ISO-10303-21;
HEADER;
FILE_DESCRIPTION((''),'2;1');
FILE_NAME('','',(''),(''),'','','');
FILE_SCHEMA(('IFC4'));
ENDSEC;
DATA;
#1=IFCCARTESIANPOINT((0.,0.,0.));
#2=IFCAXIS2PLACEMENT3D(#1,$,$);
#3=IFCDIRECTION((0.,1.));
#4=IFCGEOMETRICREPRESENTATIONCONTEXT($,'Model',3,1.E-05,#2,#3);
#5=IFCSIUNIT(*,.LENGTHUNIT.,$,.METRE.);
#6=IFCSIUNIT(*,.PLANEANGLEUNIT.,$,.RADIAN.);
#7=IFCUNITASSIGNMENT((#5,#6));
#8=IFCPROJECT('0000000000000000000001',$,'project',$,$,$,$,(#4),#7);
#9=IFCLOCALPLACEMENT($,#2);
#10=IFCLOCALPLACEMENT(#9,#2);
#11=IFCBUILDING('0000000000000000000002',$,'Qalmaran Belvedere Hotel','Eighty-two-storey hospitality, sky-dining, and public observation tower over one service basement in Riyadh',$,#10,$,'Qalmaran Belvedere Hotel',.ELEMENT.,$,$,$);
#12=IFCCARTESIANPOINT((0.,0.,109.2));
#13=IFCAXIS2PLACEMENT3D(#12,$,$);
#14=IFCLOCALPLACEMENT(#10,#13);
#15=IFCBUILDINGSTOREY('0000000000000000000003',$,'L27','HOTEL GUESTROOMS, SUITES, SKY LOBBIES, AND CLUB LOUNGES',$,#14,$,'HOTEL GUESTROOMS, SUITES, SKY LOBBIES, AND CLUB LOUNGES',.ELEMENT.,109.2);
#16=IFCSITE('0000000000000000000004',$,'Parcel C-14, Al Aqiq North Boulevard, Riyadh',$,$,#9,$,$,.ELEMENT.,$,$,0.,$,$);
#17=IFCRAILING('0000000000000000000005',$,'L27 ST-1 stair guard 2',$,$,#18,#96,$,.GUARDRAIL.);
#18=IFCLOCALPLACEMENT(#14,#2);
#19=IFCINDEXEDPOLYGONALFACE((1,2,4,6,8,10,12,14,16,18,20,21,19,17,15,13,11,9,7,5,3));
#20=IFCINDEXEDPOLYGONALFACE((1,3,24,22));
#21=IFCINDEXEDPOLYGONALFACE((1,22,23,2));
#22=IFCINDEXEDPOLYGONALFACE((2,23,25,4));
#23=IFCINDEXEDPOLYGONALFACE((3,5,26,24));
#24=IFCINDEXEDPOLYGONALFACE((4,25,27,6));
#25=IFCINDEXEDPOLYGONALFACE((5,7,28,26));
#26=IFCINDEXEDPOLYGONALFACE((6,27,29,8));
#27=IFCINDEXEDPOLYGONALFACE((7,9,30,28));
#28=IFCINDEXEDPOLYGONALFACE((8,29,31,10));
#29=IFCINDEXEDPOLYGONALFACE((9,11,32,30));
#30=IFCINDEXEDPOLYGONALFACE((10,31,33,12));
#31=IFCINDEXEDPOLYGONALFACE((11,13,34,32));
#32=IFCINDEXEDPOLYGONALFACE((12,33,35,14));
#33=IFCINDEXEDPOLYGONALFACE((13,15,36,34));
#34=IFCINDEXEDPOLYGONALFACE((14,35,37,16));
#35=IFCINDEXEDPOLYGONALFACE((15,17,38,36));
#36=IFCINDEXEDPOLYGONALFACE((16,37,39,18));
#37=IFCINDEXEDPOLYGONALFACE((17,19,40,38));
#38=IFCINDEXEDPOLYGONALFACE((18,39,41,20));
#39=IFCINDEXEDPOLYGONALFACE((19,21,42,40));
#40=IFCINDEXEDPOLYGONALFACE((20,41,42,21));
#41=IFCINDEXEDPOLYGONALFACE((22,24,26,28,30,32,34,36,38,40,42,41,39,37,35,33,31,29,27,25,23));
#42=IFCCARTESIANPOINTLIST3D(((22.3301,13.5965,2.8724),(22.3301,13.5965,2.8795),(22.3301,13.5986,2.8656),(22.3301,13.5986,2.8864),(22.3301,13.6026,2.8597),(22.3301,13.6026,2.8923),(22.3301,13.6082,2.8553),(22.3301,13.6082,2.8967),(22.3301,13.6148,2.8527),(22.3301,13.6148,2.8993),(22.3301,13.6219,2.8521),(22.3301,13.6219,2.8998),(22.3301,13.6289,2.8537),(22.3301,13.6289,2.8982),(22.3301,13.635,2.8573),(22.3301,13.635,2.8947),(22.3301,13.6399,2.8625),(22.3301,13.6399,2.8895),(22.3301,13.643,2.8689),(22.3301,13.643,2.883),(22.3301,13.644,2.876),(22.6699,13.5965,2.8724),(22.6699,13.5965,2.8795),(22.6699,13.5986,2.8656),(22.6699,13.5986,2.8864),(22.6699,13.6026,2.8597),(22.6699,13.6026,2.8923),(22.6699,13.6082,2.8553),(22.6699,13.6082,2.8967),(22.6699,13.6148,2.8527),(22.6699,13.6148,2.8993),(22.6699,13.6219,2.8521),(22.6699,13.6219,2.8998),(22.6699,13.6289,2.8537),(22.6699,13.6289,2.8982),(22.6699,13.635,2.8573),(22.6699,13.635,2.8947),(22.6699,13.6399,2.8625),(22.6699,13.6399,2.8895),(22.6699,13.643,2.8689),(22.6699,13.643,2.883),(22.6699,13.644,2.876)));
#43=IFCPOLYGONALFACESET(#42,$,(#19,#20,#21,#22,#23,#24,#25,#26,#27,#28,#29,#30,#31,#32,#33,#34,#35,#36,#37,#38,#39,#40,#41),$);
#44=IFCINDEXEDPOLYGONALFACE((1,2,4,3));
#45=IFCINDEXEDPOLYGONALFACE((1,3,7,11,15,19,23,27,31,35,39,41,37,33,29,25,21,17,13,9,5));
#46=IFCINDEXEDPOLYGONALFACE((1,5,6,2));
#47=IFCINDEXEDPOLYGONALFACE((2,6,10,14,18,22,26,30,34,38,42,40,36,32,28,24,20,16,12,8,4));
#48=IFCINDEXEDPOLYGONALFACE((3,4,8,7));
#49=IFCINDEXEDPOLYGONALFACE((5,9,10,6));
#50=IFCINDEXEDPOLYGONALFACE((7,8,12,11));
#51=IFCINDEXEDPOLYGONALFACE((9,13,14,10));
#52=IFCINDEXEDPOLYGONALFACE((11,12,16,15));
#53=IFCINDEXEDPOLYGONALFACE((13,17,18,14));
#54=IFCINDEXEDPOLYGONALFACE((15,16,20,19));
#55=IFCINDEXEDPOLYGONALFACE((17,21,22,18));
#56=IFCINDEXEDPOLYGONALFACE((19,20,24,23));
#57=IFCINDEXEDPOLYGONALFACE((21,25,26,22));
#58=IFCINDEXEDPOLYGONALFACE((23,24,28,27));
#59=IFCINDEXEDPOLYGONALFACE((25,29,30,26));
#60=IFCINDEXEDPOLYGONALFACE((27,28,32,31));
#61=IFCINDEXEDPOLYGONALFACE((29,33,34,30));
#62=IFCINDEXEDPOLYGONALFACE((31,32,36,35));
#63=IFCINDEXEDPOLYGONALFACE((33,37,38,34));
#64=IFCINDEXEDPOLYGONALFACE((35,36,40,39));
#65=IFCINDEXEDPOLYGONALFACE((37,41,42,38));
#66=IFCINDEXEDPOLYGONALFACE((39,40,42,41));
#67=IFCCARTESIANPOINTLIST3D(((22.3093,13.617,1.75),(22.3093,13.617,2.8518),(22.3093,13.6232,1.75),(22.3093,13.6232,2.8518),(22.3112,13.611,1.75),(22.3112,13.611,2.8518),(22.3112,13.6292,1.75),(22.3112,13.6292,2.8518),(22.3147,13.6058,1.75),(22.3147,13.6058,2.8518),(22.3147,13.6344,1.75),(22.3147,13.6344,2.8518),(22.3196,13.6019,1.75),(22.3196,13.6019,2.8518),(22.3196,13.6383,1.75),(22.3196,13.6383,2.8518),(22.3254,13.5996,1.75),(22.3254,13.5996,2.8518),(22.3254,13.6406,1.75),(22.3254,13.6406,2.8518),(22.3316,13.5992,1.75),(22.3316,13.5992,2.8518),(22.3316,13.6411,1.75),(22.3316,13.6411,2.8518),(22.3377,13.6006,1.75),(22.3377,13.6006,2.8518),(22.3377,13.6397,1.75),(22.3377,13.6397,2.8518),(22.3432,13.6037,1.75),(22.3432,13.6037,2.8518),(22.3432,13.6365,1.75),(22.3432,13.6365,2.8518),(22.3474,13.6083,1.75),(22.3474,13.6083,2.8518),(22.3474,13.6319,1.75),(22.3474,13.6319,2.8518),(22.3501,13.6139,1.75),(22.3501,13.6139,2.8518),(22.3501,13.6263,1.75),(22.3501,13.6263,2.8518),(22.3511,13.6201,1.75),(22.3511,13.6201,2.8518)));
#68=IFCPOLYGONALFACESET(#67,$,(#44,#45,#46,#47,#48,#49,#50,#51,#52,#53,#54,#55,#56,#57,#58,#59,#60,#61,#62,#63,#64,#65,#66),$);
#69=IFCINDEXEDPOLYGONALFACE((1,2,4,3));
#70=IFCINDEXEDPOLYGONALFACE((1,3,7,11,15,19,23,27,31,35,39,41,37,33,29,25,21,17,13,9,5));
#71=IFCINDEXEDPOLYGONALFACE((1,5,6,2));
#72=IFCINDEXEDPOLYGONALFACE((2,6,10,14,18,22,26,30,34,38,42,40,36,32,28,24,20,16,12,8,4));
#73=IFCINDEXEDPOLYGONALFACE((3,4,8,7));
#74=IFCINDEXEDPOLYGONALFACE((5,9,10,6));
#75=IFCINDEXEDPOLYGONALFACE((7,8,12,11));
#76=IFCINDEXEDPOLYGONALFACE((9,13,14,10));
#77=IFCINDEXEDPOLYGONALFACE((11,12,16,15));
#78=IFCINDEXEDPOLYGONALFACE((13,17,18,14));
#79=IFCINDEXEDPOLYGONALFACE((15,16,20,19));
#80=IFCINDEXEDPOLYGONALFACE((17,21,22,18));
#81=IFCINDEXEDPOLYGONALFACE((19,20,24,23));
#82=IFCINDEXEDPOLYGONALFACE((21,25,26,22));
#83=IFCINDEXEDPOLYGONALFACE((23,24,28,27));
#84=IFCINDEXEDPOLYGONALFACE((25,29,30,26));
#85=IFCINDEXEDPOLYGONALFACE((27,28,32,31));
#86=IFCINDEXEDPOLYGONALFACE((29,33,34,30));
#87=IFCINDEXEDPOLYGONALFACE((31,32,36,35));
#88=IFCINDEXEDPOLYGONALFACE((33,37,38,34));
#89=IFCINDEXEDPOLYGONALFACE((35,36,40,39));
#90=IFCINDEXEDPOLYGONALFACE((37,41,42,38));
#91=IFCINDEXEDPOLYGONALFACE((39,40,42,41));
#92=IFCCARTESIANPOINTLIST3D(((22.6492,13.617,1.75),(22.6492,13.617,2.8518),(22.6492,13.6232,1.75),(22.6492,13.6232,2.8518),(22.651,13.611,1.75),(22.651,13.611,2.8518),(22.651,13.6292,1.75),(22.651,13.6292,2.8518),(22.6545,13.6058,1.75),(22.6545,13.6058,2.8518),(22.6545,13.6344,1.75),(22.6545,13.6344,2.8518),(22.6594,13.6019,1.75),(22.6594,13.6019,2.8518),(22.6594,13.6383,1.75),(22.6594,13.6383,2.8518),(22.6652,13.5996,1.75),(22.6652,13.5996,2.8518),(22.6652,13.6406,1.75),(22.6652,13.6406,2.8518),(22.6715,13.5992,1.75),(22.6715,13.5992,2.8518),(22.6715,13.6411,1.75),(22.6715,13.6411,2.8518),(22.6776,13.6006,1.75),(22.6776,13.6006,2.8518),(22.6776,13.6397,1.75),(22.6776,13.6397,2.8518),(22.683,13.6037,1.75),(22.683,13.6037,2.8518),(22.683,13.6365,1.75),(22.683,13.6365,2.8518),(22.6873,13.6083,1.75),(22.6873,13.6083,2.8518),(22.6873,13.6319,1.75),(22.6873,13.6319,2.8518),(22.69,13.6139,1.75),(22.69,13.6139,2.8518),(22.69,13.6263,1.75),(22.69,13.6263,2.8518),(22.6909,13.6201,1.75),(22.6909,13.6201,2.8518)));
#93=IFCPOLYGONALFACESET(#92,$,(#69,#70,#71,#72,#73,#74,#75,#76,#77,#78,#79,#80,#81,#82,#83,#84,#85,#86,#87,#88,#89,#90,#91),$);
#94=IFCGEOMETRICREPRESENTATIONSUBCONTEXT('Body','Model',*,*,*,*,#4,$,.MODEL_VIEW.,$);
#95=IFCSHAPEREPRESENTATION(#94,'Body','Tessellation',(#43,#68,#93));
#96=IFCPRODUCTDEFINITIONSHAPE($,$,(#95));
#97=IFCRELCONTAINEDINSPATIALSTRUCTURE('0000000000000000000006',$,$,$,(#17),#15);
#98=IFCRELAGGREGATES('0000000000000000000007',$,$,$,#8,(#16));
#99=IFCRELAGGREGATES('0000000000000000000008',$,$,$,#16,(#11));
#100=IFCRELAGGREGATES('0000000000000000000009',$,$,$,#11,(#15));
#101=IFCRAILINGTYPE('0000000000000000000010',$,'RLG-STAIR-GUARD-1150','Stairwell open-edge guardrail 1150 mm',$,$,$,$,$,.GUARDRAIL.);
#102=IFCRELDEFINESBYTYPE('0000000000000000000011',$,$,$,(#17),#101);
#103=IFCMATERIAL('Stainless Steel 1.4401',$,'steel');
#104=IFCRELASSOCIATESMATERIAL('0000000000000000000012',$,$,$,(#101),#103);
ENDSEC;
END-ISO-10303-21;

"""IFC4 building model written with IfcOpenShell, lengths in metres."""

from ifc_helpers import new_model, si_unit, direction, frame, origin, origin_2d, place, context, subcontext, project, spatial, circle, extrude, material, type_object, element, save


model = new_model("IFC4")

# Units and contexts
model_context = context("Model", 3, precision=1e-05, world=origin(), true_north=direction((0.0, 1.0)))
body_context = subcontext(model_context, "Body", "Model", "MODEL_VIEW")
ifc_project = project(units=[si_unit("LENGTHUNIT", "METRE"), si_unit("PLANEANGLEUNIT", "RADIAN")], contexts=[model_context])

# Site, building, storey
site_placement = place(None, origin())
site = spatial("IfcSite", under=ifc_project, at=site_placement, Name="Parcel C-14, Al Aqiq North Boulevard, Riyadh", CompositionType="ELEMENT", RefElevation=0.0)
building_placement = place(site_placement, origin())
building = spatial("IfcBuilding", under=site, at=building_placement, Name="Qalmaran Belvedere Hotel", Description="Eighty-two-storey hospitality, sky-dining, and public observation tower over one service basement in Riyadh", LongName="Qalmaran Belvedere Hotel", CompositionType="ELEMENT")
storey_placement = place(building_placement, frame((0.0, 0.0, 109.2)))
storey = spatial("IfcBuildingStorey", under=building, at=storey_placement, Name="L27", Description="HOTEL GUESTROOMS, SUITES, SKY LOBBIES, AND CLUB LOUNGES", LongName="HOTEL GUESTROOMS, SUITES, SKY LOBBIES, AND CLUB LOUNGES", CompositionType="ELEMENT", Elevation=109.2)

# Railing
ifc_material_1 = material(Name="Stainless Steel 1.4401", Category="steel")
railing_type_1 = type_object("IfcRailingType", Name="RLG-STAIR-GUARD-1150", Description="Stairwell open-edge guardrail 1150 mm", PredefinedType="GUARDRAIL", material=ifc_material_1)
railing_1_placement = place(storey_placement, frame((22.3301, 13.6201, 1.75)))
element("IfcRailing", 1, at=railing_1_placement, inside=storey, type_object=railing_type_1, Name="L27 ST-1 stair guard 2", PredefinedType="GUARDRAIL", context=body_context, shape_type="SweptSolid", body=[
    extrude(circle(Radius=0.0239, at=origin_2d()), frame((0.0, 0.0, 1.126), z_axis=(1.0, 0.0, 0.0), x_axis=(0.0, 1.0, 0.0)), (0.0, 0.0, 1.0), 0.3398),
    extrude(circle(Radius=0.021, at=origin_2d()), origin(), (0.0, 0.0, 1.0), 1.1018),
    extrude(circle(Radius=0.021, at=origin_2d()), frame((0.3398, 0.0, 0.0)), (0.0, 0.0, 1.0), 1.1018),
])

save(model, "model.ifc")
